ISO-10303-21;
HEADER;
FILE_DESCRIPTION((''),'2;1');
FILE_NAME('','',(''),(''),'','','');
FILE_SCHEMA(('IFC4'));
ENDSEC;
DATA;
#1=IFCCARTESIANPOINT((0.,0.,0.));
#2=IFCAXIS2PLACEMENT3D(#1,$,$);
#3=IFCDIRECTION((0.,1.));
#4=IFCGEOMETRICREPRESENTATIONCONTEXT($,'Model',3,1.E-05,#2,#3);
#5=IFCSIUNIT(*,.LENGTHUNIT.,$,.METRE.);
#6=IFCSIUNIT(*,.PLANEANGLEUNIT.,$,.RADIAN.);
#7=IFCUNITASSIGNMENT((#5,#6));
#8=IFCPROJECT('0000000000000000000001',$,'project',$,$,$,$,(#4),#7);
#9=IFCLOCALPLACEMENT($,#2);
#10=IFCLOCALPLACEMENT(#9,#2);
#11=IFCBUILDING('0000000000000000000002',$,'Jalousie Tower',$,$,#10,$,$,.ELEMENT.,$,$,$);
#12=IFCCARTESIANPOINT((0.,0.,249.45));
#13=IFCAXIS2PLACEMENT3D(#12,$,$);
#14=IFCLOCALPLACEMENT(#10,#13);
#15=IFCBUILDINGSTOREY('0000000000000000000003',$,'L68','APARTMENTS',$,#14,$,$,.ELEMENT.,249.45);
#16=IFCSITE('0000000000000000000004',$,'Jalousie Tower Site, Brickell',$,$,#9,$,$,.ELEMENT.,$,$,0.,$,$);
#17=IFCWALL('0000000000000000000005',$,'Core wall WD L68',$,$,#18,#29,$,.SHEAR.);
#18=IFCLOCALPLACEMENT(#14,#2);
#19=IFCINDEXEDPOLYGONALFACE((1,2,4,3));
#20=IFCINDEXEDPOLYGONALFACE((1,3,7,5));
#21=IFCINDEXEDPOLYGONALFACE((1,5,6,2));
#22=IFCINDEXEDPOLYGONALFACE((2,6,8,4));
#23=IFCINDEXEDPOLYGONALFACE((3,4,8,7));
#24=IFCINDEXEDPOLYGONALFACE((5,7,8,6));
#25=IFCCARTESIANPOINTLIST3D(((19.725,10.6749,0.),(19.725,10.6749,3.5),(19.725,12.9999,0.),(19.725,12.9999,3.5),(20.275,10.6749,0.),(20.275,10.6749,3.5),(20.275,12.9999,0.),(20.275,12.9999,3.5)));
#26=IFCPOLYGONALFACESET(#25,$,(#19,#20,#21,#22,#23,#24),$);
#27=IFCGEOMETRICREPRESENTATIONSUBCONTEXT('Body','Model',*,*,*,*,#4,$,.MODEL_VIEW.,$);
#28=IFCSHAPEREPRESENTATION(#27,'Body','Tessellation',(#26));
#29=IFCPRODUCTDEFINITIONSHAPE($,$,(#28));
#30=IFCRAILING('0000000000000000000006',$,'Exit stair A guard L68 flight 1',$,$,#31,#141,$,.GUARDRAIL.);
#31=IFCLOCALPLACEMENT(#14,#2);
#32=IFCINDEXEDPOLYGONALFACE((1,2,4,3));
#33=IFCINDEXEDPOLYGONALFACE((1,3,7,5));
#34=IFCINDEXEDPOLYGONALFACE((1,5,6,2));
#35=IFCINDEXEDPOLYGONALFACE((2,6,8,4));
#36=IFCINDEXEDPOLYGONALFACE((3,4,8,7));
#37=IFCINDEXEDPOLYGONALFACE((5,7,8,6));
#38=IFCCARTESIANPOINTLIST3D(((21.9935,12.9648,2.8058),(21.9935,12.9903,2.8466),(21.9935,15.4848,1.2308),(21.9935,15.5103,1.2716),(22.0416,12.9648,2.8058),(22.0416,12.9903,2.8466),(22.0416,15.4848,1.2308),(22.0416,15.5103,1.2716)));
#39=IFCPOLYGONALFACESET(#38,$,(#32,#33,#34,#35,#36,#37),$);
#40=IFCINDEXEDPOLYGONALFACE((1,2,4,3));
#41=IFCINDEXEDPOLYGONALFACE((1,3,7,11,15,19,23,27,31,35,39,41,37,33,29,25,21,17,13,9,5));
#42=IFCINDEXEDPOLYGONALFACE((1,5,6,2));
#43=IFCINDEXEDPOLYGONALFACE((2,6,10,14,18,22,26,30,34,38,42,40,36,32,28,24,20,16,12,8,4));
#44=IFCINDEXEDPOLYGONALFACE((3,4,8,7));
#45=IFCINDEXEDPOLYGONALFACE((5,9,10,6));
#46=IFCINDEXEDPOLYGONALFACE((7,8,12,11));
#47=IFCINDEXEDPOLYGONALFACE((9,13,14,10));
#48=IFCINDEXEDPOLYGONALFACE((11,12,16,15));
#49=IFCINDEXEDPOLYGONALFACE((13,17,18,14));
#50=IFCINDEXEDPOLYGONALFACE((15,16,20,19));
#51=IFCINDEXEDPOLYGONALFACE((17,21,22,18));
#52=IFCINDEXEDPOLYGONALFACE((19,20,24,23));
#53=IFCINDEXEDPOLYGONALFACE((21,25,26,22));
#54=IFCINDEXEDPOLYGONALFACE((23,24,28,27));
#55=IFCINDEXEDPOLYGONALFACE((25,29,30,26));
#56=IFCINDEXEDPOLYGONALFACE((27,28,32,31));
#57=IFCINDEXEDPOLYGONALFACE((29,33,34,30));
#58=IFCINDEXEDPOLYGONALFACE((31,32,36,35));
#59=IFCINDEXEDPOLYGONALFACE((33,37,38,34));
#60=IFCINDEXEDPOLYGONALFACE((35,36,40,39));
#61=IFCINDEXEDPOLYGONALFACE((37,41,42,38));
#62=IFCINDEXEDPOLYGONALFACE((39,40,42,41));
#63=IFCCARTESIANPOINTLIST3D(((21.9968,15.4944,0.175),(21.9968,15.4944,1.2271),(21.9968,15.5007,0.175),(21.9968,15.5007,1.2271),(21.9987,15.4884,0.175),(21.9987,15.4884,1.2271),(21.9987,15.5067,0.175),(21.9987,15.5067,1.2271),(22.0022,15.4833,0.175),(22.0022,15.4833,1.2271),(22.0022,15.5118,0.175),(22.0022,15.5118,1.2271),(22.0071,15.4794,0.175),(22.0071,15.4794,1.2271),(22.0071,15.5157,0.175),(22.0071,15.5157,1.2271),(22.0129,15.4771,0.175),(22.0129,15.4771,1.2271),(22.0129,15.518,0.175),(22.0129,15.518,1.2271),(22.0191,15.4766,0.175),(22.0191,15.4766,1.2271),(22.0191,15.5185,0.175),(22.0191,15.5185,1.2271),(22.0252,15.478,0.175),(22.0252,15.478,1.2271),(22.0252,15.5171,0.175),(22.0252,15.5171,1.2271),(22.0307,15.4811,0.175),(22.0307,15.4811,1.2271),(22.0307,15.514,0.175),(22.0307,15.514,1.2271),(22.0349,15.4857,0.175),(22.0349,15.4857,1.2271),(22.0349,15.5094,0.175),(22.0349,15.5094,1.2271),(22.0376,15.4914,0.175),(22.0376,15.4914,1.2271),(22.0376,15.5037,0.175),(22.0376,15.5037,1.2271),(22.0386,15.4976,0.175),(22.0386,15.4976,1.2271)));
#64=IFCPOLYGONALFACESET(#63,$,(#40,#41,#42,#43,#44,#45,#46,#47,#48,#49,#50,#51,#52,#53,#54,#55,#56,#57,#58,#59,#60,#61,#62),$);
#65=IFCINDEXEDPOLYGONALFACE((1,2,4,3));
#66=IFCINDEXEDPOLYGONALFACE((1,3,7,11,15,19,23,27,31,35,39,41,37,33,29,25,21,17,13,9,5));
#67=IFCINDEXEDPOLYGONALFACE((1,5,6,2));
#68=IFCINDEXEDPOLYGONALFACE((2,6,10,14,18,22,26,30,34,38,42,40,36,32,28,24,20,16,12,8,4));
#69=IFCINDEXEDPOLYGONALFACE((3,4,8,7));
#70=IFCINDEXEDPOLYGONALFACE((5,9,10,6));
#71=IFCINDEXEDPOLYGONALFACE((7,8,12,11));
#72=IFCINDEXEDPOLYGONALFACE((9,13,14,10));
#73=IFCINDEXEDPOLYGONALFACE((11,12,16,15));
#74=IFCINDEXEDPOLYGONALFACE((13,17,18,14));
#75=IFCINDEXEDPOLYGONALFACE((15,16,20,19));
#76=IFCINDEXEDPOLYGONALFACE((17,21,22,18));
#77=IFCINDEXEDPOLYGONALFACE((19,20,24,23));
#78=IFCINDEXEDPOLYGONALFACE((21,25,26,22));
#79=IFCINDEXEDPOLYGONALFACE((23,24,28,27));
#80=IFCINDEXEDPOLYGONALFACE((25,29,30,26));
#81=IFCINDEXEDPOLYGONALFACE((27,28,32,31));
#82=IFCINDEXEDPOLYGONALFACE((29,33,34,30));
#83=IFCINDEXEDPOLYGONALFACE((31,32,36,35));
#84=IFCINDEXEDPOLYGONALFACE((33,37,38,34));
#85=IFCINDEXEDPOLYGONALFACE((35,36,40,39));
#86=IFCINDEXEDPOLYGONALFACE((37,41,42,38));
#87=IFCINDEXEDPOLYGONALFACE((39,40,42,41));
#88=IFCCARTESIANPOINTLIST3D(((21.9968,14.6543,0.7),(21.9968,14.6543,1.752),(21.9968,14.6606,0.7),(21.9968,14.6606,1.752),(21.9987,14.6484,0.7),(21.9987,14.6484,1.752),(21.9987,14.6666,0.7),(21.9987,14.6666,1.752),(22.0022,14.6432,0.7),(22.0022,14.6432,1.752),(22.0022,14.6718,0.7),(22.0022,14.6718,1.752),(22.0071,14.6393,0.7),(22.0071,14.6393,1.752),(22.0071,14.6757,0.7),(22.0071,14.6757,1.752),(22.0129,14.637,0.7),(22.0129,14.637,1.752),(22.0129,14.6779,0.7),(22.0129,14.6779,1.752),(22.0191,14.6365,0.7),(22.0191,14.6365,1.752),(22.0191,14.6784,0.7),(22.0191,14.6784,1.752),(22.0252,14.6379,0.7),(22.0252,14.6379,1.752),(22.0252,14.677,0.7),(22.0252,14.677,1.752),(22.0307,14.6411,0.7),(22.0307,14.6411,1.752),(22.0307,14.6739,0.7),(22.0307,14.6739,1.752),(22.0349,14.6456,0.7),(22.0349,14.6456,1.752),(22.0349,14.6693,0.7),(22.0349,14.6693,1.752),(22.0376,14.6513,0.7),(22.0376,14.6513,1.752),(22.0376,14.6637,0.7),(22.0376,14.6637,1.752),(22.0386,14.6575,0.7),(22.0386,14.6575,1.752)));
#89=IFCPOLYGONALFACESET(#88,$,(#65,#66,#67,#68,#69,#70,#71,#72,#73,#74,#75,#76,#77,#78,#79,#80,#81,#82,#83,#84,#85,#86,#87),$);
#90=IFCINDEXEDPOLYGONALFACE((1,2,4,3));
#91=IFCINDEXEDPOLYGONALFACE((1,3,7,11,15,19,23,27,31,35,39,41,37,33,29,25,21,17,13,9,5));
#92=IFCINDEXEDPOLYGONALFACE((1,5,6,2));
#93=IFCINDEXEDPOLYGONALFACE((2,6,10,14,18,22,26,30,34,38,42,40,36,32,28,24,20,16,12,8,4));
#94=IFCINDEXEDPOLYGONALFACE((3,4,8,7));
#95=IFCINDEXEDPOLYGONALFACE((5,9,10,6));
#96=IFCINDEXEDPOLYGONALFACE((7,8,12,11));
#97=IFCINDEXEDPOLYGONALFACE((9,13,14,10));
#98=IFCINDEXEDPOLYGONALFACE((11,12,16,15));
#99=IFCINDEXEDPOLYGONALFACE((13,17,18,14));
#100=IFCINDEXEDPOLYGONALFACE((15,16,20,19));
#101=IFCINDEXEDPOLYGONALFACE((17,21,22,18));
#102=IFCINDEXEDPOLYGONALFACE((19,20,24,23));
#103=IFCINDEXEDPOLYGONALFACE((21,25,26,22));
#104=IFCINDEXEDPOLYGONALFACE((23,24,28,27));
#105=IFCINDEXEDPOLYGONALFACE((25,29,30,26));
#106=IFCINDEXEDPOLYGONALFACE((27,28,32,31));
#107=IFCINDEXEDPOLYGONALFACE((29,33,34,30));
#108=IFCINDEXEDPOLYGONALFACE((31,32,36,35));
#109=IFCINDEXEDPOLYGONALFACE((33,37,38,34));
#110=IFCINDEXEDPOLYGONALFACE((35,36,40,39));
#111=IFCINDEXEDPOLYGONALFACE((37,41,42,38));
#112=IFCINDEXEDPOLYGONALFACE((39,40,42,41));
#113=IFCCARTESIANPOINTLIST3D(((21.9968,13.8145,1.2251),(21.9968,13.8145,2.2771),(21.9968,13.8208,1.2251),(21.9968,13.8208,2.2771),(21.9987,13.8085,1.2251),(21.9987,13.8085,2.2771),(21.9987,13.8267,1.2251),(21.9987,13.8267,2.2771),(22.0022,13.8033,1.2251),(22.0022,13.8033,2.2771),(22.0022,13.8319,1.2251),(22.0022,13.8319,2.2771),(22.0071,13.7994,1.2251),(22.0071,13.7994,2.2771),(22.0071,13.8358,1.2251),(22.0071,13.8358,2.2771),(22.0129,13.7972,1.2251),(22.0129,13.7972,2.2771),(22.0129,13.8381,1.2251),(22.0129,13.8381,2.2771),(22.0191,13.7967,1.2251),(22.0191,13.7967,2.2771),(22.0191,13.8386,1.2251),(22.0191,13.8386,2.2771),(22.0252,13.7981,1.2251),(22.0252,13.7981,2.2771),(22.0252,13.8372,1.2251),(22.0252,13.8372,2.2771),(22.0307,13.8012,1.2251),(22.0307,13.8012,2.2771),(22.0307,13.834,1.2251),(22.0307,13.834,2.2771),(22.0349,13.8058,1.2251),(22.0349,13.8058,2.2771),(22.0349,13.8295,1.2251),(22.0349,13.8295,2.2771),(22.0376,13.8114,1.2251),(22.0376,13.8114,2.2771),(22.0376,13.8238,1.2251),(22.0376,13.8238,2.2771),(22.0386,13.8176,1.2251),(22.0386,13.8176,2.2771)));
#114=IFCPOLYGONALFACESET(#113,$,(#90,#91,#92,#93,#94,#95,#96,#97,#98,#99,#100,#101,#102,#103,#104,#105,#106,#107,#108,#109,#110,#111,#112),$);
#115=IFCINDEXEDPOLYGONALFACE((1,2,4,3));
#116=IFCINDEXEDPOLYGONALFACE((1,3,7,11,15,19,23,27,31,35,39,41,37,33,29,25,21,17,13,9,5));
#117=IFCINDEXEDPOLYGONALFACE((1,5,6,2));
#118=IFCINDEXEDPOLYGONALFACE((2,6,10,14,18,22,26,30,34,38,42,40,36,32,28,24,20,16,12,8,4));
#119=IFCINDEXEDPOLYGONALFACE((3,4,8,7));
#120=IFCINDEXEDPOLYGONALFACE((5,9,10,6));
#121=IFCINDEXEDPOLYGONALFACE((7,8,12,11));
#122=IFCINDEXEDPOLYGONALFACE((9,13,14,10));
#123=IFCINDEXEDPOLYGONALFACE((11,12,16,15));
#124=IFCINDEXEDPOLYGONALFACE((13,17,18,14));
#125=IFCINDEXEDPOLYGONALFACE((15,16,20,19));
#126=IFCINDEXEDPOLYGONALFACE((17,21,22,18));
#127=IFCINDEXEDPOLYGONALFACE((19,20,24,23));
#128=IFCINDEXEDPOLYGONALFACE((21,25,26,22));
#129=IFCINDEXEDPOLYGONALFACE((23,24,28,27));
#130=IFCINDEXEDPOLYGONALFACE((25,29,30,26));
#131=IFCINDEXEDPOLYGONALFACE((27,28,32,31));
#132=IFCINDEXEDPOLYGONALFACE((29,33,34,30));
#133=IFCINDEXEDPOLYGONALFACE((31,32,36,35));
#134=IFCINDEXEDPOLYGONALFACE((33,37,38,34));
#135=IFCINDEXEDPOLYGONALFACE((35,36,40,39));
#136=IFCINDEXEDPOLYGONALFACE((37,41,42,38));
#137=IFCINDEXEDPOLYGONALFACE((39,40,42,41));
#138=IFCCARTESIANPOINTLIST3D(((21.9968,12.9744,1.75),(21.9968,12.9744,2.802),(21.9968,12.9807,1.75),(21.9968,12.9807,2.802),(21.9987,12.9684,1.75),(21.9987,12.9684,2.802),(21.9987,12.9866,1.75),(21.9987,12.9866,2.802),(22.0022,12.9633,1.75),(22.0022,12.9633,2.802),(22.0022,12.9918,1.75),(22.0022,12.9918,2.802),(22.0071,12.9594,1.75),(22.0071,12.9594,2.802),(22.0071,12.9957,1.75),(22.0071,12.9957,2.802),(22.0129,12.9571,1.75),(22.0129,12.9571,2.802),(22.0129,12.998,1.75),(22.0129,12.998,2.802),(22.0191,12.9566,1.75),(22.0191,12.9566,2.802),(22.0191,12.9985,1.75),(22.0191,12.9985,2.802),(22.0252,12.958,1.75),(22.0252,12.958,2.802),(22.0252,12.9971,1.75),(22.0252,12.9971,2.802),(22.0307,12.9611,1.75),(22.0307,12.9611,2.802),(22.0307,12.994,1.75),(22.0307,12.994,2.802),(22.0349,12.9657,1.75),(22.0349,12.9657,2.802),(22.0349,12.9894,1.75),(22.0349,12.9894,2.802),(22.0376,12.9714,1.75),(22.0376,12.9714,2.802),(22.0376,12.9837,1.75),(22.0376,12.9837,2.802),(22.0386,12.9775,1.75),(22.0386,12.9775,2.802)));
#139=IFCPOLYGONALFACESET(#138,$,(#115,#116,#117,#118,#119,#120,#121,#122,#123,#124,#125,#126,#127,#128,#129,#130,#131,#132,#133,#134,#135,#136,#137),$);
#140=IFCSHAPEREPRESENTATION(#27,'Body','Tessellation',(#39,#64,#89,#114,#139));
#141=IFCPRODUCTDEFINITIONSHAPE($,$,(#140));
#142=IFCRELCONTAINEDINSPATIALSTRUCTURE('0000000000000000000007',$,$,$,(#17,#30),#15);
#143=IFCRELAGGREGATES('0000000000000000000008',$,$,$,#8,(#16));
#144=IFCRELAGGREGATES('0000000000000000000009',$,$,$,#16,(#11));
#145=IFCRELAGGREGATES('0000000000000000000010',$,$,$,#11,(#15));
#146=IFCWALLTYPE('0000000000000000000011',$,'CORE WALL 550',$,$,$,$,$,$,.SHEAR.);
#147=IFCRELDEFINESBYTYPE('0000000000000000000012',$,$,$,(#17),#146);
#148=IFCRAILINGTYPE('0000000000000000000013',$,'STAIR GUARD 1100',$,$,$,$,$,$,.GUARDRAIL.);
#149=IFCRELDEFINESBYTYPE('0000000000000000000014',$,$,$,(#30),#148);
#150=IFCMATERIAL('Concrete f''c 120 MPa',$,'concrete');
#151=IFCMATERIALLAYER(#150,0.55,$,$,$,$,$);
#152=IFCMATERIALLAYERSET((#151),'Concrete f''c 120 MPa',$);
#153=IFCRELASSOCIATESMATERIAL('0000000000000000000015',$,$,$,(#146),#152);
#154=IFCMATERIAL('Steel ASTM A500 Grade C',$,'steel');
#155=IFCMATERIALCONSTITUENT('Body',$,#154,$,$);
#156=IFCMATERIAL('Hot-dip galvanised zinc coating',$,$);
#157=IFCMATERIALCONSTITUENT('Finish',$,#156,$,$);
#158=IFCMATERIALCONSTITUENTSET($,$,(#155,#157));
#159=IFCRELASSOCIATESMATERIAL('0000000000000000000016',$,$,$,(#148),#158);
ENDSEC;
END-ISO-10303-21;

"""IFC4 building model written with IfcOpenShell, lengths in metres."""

from ifc_helpers import new_model, si_unit, direction, frame, frame_2d, origin, origin_2d, place, context, subcontext, project, spatial, rectangle, circle, extrude, material, layer, layer_set, constituent, constituent_set, type_object, element, save


model = new_model("IFC4")

# Units and contexts
model_context = context("Model", 3, precision=1e-05, world=origin(), true_north=direction((0.0, 1.0)))
body_context = subcontext(model_context, "Body", "Model", "MODEL_VIEW")
ifc_project = project(units=[si_unit("LENGTHUNIT", "METRE"), si_unit("PLANEANGLEUNIT", "RADIAN")], contexts=[model_context])

# Site, building, storey
site_placement = place(None, origin())
site = spatial("IfcSite", under=ifc_project, at=site_placement, Name="Jalousie Tower Site, Brickell", CompositionType="ELEMENT", RefElevation=0.0)
building_placement = place(site_placement, origin())
building = spatial("IfcBuilding", under=site, at=building_placement, Name="Jalousie Tower", CompositionType="ELEMENT")
storey_placement = place(building_placement, frame((0.0, 0.0, 249.45)))
storey = spatial("IfcBuildingStorey", under=building, at=storey_placement, Name="L68", Description="APARTMENTS", CompositionType="ELEMENT", Elevation=249.45)

# Shared definitions
ifc_material_1 = material(Name="Concrete f'c 120 MPa", Category="concrete")
ifc_layer_1 = layer(ifc_material_1, 0.55)
ifc_layer_set_1 = layer_set([ifc_layer_1], Name="Concrete f'c 120 MPa")
wall_type_1 = type_object("IfcWallType", Name="CORE WALL 550", PredefinedType="SHEAR", material=ifc_layer_set_1)

# Wall
wall_1_placement = place(storey_placement, frame((20.0, 13.0, 0.0), z_axis=(0.0, 0.0, 1.0), x_axis=(0.0, -1.0, 0.0)))
element("IfcWall", 1, at=wall_1_placement, inside=storey, type_object=wall_type_1, Name="Core wall WD L68", PredefinedType="SHEAR", context=body_context, shape_type="SweptSolid", body=[
    extrude(rectangle(XDim=2.325, YDim=0.55, at=frame_2d((1.1626, 0.0))), origin(), (0.0, 0.0, 1.0), 3.5),
])

# Railing
ifc_material_2 = material(Name="Steel ASTM A500 Grade C", Category="steel")
ifc_constituent_1 = constituent(ifc_material_2, Name="Body")
ifc_material_3 = material(Name="Hot-dip galvanised zinc coating")
ifc_constituent_2 = constituent(ifc_material_3, Name="Finish")
ifc_constituent_set = constituent_set(constituents=[ifc_constituent_1, ifc_constituent_2])
railing_type = type_object("IfcRailingType", Name="STAIR GUARD 1100", PredefinedType="GUARDRAIL", material=ifc_constituent_set)
railing_placement = place(storey_placement, frame((22.0176, 15.4976, 0.175)))
element("IfcRailing", 2, at=railing_placement, inside=storey, type_object=railing_type, Name="Exit stair A guard L68 flight 1", PredefinedType="GUARDRAIL", context=body_context, shape_type="SweptSolid", body=[
    extrude(rectangle(XDim=0.0481, YDim=0.0481, at=origin_2d()), frame((0.0, 0.0, 1.0762), z_axis=(0.0, -0.848008, 0.529984), x_axis=(1.0, 0.0, 0.0)), (0.0, 0.0, 1.0), 2.9717),
    extrude(circle(Radius=0.021, at=origin_2d()), origin(), (0.0, 0.0, 1.0), 1.052),
    extrude(circle(Radius=0.021, at=origin_2d()), frame((0.0, -0.8401, 0.5249)), (0.0, 0.0, 1.0), 1.052),
    extrude(circle(Radius=0.021, at=origin_2d()), frame((0.0, -1.6799, 1.05)), (0.0, 0.0, 1.0), 1.052),
    extrude(circle(Radius=0.021, at=origin_2d()), frame((0.0, -2.52, 1.575)), (0.0, 0.0, 1.0), 1.052),
])

save(model, "model.ifc")
